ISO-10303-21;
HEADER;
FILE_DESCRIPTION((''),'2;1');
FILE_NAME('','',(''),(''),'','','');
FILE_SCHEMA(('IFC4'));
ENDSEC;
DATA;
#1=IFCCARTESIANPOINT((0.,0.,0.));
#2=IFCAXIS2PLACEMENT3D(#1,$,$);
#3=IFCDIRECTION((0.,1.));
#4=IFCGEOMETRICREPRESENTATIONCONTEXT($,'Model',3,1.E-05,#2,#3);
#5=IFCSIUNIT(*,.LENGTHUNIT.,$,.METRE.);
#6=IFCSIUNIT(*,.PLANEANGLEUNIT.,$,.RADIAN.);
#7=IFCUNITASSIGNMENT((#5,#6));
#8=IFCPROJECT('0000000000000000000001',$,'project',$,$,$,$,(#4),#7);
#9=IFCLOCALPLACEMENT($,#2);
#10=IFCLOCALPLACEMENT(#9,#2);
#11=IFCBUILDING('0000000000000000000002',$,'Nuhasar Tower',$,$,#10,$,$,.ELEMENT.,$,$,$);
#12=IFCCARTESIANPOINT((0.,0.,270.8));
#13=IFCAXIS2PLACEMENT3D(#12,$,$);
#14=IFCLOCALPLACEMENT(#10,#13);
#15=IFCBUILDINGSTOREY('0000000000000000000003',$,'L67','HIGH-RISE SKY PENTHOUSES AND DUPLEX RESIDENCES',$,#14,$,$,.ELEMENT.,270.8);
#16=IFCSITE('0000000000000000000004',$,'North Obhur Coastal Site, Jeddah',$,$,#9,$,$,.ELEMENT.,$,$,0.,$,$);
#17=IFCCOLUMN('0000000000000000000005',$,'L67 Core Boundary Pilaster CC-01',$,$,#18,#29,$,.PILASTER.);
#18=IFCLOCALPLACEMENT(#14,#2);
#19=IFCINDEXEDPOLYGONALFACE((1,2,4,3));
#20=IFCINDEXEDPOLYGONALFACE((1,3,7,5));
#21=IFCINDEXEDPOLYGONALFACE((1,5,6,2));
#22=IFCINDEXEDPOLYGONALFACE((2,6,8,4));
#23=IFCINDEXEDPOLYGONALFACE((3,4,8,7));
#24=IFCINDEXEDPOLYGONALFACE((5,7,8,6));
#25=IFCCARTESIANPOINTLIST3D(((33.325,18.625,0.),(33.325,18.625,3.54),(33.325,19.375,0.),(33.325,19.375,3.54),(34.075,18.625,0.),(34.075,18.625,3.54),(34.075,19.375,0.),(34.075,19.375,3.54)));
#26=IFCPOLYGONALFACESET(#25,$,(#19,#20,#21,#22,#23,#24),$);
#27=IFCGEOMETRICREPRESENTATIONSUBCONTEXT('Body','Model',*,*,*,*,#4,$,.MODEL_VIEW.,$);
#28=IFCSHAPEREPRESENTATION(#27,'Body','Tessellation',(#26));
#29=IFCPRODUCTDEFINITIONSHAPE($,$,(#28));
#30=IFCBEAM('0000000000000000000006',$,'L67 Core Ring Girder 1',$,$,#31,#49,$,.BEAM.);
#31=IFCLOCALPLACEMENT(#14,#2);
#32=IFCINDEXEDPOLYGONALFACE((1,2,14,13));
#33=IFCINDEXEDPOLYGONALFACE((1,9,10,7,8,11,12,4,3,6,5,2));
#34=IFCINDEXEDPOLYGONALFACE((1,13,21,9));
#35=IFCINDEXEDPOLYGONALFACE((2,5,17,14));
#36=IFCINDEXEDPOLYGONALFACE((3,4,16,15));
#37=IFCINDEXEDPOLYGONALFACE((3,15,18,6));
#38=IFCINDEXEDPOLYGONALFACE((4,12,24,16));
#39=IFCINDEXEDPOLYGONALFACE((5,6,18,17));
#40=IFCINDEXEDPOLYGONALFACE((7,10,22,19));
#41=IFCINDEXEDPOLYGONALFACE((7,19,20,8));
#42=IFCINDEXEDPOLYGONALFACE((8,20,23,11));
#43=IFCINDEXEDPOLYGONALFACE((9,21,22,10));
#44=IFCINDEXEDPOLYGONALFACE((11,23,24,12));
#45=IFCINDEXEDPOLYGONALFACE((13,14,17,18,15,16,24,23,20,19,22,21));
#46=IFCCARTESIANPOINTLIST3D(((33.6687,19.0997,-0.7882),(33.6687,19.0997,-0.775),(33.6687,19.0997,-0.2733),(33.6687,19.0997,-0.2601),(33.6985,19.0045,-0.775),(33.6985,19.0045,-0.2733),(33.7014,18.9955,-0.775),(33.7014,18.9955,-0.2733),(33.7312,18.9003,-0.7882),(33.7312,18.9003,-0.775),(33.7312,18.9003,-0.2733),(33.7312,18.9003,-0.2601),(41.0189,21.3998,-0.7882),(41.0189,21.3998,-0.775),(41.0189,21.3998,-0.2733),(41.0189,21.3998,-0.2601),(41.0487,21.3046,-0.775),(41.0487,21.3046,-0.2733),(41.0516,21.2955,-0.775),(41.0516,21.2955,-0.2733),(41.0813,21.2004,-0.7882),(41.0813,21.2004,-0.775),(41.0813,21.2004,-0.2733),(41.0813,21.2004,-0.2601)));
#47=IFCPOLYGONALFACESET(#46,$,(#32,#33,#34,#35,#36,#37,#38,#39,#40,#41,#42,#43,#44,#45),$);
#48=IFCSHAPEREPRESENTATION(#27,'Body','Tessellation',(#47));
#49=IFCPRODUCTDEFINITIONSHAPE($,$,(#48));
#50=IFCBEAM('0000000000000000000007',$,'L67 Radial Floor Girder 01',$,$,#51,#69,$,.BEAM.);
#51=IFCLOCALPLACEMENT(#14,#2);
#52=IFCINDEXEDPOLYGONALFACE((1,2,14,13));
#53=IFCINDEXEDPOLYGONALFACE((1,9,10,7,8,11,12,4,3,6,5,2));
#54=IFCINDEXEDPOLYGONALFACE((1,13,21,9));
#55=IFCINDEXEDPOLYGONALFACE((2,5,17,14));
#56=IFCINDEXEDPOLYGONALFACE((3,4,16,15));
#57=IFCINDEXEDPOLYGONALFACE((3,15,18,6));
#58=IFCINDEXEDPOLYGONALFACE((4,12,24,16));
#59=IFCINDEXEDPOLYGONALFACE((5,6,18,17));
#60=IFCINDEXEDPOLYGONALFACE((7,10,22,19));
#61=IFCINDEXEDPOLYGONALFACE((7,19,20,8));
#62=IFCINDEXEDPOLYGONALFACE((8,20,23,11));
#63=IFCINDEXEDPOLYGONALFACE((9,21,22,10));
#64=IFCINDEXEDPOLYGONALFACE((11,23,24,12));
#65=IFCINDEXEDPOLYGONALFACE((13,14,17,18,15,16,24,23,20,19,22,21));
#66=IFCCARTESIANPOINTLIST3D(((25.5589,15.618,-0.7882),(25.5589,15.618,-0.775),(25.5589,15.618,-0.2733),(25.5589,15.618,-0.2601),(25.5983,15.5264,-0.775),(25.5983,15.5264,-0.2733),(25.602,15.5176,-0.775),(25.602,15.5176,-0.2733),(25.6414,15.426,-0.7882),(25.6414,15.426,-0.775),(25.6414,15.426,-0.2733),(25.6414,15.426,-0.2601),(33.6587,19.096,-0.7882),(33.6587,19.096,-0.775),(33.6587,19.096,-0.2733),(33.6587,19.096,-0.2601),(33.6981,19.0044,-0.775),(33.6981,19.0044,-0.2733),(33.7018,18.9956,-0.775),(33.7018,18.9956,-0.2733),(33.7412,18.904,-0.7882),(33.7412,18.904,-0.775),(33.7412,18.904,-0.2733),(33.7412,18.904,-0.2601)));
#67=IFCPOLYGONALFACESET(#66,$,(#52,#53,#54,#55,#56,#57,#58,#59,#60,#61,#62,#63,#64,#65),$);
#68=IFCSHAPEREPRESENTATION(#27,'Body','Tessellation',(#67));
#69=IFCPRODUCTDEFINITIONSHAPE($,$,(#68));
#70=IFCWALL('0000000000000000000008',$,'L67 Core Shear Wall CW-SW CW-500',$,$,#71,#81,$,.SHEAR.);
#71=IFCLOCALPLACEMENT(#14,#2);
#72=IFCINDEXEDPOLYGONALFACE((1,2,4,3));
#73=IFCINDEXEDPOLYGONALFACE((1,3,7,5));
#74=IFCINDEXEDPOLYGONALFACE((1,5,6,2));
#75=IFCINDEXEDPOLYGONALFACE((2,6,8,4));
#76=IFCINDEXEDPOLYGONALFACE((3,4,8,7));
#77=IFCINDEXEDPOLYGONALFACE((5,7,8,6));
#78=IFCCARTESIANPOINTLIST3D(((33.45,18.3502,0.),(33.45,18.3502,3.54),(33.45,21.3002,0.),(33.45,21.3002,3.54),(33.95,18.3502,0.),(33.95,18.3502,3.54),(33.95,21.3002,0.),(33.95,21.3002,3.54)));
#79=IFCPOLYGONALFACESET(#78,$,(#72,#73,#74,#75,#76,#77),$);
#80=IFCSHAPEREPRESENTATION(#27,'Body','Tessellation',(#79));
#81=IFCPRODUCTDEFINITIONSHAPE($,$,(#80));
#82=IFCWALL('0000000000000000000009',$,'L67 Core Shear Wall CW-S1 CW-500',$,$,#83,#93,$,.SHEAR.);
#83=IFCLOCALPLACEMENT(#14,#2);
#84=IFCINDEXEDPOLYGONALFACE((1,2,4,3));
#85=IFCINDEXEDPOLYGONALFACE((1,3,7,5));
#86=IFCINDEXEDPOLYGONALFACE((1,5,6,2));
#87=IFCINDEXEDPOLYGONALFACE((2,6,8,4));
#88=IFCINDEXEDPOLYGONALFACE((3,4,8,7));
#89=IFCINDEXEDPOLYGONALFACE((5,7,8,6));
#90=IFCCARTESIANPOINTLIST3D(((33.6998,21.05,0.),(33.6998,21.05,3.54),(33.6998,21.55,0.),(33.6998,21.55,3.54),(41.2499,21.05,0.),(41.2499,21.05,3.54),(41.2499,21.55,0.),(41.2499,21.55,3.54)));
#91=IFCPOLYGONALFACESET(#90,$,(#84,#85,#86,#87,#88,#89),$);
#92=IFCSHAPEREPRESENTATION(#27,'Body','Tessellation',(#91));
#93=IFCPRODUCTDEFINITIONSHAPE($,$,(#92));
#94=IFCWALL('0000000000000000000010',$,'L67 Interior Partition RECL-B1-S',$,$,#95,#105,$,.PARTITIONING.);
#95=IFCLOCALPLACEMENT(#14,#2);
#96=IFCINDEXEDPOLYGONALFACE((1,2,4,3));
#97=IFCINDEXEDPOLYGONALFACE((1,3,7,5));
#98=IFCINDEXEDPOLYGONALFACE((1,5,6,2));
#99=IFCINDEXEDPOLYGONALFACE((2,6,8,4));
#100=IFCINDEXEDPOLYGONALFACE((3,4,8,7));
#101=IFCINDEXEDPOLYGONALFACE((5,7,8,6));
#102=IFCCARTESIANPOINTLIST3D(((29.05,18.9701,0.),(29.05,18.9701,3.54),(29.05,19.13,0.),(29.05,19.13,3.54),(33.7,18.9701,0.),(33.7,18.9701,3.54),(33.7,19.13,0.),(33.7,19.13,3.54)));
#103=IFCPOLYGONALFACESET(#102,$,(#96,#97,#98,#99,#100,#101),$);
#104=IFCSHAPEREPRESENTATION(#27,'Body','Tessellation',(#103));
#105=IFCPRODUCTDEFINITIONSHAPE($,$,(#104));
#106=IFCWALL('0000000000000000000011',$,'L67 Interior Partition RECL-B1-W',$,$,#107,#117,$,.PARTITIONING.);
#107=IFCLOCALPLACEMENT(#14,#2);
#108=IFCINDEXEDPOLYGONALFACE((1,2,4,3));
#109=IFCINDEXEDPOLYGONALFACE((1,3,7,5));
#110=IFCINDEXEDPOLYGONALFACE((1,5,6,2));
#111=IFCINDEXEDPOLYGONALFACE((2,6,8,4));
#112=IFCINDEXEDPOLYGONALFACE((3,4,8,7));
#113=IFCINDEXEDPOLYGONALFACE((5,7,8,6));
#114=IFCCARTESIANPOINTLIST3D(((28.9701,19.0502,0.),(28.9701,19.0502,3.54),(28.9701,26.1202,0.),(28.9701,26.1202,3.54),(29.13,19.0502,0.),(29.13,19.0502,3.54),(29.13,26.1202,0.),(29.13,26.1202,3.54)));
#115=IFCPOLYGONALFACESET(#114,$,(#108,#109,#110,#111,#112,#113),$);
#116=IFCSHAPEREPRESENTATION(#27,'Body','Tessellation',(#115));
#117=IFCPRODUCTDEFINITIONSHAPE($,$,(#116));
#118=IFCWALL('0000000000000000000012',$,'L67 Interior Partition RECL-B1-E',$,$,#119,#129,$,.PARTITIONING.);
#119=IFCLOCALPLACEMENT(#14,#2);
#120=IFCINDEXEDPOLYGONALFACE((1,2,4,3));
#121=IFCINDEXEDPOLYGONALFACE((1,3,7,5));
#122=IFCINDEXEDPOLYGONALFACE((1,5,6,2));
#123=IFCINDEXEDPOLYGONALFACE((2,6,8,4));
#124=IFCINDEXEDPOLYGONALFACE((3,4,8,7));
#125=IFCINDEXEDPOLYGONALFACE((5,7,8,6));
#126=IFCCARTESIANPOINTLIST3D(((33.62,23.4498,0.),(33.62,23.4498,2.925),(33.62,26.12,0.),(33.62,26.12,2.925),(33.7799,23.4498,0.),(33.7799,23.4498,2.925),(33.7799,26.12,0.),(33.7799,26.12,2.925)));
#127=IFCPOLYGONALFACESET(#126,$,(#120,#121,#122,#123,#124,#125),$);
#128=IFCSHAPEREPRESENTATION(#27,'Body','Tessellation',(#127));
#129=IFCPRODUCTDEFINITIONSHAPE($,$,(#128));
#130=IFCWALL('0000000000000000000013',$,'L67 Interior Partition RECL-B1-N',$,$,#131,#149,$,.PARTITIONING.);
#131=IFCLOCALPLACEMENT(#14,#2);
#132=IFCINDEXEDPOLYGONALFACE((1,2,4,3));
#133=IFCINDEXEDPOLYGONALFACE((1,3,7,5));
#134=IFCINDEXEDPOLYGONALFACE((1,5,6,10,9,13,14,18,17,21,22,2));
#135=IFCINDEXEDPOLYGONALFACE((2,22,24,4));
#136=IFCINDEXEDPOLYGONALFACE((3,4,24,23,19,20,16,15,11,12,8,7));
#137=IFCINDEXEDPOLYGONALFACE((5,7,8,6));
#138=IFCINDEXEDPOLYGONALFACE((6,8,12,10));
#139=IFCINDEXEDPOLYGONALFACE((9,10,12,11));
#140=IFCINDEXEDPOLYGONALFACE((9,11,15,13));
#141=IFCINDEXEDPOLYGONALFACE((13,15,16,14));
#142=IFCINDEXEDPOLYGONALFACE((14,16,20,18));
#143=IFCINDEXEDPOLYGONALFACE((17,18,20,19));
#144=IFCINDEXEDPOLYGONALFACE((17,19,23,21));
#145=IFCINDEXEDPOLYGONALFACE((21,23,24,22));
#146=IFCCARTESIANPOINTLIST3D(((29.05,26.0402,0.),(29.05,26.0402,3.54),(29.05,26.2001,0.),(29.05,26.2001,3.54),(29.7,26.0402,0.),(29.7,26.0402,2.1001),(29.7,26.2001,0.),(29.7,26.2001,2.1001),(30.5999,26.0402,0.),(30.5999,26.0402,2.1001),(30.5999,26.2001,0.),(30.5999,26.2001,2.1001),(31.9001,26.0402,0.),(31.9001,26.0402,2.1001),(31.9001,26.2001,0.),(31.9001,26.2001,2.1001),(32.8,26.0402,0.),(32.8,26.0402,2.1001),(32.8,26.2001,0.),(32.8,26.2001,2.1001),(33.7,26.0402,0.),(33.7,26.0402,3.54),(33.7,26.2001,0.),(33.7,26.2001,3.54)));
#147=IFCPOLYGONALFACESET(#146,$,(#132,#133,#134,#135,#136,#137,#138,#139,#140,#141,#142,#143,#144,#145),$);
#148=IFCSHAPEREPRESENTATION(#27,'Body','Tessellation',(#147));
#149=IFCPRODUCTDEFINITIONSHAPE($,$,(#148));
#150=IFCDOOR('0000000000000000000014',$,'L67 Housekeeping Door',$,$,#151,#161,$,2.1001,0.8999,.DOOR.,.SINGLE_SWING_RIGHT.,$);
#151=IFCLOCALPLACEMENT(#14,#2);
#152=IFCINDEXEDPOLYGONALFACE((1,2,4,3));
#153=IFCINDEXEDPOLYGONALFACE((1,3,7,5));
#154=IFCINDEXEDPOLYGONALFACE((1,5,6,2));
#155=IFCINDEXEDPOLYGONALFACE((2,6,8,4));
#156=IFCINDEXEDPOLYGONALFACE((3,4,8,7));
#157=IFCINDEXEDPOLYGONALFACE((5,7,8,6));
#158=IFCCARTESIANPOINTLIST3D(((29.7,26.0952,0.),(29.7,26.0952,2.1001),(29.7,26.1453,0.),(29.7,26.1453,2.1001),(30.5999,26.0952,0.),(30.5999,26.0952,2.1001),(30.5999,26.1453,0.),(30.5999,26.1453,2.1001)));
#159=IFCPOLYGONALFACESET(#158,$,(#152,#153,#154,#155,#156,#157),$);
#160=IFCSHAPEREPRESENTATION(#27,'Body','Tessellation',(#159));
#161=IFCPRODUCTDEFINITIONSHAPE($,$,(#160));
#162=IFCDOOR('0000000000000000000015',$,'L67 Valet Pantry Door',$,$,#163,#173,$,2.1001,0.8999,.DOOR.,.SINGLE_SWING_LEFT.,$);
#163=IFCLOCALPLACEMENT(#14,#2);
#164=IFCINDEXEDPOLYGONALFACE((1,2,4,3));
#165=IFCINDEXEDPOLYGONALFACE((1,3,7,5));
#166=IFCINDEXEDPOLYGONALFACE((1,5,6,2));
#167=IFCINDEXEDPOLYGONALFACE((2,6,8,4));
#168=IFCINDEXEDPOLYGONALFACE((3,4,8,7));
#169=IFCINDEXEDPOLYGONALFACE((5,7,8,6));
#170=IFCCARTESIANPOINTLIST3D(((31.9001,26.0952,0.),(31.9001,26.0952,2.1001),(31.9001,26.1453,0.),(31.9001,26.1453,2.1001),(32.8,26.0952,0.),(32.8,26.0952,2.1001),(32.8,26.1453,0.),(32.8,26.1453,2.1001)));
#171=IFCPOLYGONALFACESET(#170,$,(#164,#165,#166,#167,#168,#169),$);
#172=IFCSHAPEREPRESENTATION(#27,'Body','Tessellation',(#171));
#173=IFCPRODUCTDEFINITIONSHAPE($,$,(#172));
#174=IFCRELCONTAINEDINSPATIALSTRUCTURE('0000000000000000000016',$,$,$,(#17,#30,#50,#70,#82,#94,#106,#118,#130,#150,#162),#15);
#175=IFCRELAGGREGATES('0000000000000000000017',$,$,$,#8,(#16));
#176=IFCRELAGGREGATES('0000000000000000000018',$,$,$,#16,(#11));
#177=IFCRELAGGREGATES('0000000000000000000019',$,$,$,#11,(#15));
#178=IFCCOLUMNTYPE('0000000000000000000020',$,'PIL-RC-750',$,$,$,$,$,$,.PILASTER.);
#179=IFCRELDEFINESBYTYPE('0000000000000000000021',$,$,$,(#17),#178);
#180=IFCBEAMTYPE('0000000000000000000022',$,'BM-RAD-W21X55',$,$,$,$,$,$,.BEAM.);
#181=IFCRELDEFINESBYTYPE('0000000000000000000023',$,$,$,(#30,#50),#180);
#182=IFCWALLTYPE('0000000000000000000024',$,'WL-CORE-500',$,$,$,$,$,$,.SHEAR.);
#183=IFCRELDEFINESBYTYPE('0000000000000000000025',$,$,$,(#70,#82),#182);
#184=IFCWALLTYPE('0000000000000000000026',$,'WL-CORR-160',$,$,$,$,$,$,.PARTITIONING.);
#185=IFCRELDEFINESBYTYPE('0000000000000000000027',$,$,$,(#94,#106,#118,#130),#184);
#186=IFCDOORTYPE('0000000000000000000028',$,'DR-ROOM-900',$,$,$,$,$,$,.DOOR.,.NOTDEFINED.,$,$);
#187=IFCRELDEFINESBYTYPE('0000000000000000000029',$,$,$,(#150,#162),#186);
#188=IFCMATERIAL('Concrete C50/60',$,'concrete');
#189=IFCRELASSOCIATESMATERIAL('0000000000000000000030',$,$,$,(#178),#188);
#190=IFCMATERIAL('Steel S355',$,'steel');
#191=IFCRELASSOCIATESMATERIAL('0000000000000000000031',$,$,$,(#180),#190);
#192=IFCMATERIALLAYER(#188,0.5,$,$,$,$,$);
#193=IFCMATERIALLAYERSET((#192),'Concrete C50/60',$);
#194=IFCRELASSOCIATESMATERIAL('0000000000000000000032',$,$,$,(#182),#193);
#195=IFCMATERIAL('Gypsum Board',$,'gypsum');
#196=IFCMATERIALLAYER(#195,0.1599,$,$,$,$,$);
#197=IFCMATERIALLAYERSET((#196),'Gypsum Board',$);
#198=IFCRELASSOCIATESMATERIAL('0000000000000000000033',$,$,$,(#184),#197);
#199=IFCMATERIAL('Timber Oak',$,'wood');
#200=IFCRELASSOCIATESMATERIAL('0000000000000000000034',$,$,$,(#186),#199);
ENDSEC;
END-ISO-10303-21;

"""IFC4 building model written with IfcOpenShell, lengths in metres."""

from ifc_helpers import new_model, si_unit, direction, frame, frame_2d, origin, origin_2d, place, context, subcontext, project, spatial, rectangle, i_section, extrude, material, layer, layer_set, material_profile, profile_set, type_object, element, fill, save


model = new_model("IFC4")

# Units and contexts
model_context = context("Model", 3, precision=1e-05, world=origin(), true_north=direction((0.0, 1.0)))
body_context = subcontext(model_context, "Body", "Model", "MODEL_VIEW")
ifc_project = project(units=[si_unit("LENGTHUNIT", "METRE"), si_unit("PLANEANGLEUNIT", "RADIAN")], contexts=[model_context])

# Site, building, storey
site_placement = place(None, origin())
site = spatial("IfcSite", under=ifc_project, at=site_placement, Name="North Obhur Coastal Site, Jeddah", CompositionType="ELEMENT", RefElevation=0.0)
building_placement = place(site_placement, origin())
building = spatial("IfcBuilding", under=site, at=building_placement, Name="Nuhasar Tower", CompositionType="ELEMENT")
storey_placement = place(building_placement, frame((0.0, 0.0, 270.8)))
storey = spatial("IfcBuildingStorey", under=building, at=storey_placement, Name="L67", Description="HIGH-RISE SKY PENTHOUSES AND DUPLEX RESIDENCES", CompositionType="ELEMENT", Elevation=270.8)

# Column
ifc_material_1 = material(Name="Concrete C50/60", Category="concrete")
ifc_material_profile_1 = material_profile(ifc_material_1, rectangle(XDim=0.75, YDim=0.75, at=origin_2d()), Name="RC750X750")
ifc_profile_set_1 = profile_set([ifc_material_profile_1], Name="Concrete C50/60")
column_type = type_object("IfcColumnType", Name="PIL-RC-750", PredefinedType="PILASTER", material=ifc_profile_set_1)
column_placement = place(storey_placement, frame((33.7, 19.0, 0.0), z_axis=(0.0, 0.0, 1.0), x_axis=(1.0, 0.0, 0.0)))
element("IfcColumn", 1, at=column_placement, inside=storey, type_object=column_type, Name="L67 Core Boundary Pilaster CC-01", PredefinedType="PILASTER", context=body_context, shape_type="SweptSolid", body=[
    extrude(rectangle(XDim=0.75, YDim=0.75, at=origin_2d()), origin(), (0.0, 0.0, 1.0), 3.54),
])

# Beams
ifc_material_2 = material(Name="Steel S355", Category="steel")
ifc_material_profile_2 = material_profile(ifc_material_2, i_section(OverallWidth=0.209, OverallDepth=0.5281, WebThickness=0.0095, FlangeThickness=0.0132, at=origin_2d()), Name="W21X55")
ifc_profile_set_2 = profile_set([ifc_material_profile_2], Name="Steel S355")
beam_type = type_object("IfcBeamType", Name="BM-RAD-W21X55", PredefinedType="BEAM", material=ifc_profile_set_2)
beam_1_placement = place(storey_placement, frame((33.7, 19.0, -0.5242), z_axis=(0.954364, 0.298647, 0.0), x_axis=(-0.298647, 0.954364, 0.0)))
element("IfcBeam", 2, at=beam_1_placement, inside=storey, type_object=beam_type, Name="L67 Core Ring Girder 1", PredefinedType="BEAM", context=body_context, shape_type="SweptSolid", body=[
    extrude(i_section(OverallWidth=0.209, OverallDepth=0.5281, WebThickness=0.0095, FlangeThickness=0.0132, at=origin_2d()), origin(), (0.0, 0.0, 1.0), 7.7017),
])
beam_2_placement = place(storey_placement, frame((33.7, 19.0, -0.5242), z_axis=(-0.918871, -0.394558, 0.0), x_axis=(0.394558, -0.918871, 0.0)))
element("IfcBeam", 3, at=beam_2_placement, inside=storey, type_object=beam_type, Name="L67 Radial Floor Girder 01", PredefinedType="BEAM", context=body_context, shape_type="SweptSolid", body=[
    extrude(i_section(OverallWidth=0.209, OverallDepth=0.5281, WebThickness=0.0095, FlangeThickness=0.0132, at=origin_2d()), origin(), (0.0, 0.0, 1.0), 8.8149),
])

# Walls
ifc_layer_1 = layer(ifc_material_1, 0.5)
ifc_layer_set_1 = layer_set([ifc_layer_1], Name="Concrete C50/60")
wall_type_1 = type_object("IfcWallType", Name="WL-CORE-500", PredefinedType="SHEAR", material=ifc_layer_set_1)
wall_1_placement = place(storey_placement, frame((33.7, 18.3501, 0.0), z_axis=(0.0, 0.0, 1.0), x_axis=(0.0, 1.0, 0.0)))
element("IfcWall", 4, at=wall_1_placement, inside=storey, type_object=wall_type_1, Name="L67 Core Shear Wall CW-SW CW-500", PredefinedType="SHEAR", context=body_context, shape_type="SweptSolid", body=[
    extrude(rectangle(XDim=2.95, YDim=0.5, at=frame_2d((1.4751, 0.0))), origin(), (0.0, 0.0, 1.0), 3.54),
])
wall_2_placement = place(storey_placement, frame((33.7, 21.3, 0.0), z_axis=(0.0, 0.0, 1.0), x_axis=(1.0, 0.0, 0.0)))
element("IfcWall", 5, at=wall_2_placement, inside=storey, type_object=wall_type_1, Name="L67 Core Shear Wall CW-S1 CW-500", PredefinedType="SHEAR", context=body_context, shape_type="SweptSolid", body=[
    extrude(rectangle(XDim=7.55, YDim=0.5, at=frame_2d((3.7749, 0.0))), origin(), (0.0, 0.0, 1.0), 3.54),
])
ifc_material_3 = material(Name="Gypsum Board", Category="gypsum")
ifc_layer_2 = layer(ifc_material_3, 0.1599)
ifc_layer_set_2 = layer_set([ifc_layer_2], Name="Gypsum Board")
wall_type_2 = type_object("IfcWallType", Name="WL-CORR-160", PredefinedType="PARTITIONING", material=ifc_layer_set_2)
wall_3_placement = place(storey_placement, frame((29.05, 19.05, 0.0), z_axis=(0.0, 0.0, 1.0), x_axis=(1.0, 0.0, 0.0)))
element("IfcWall", 6, at=wall_3_placement, inside=storey, type_object=wall_type_2, Name="L67 Interior Partition RECL-B1-S", PredefinedType="PARTITIONING", context=body_context, shape_type="SweptSolid", body=[
    extrude(rectangle(XDim=4.6499, YDim=0.1599, at=frame_2d((2.325, 0.0))), origin(), (0.0, 0.0, 1.0), 3.54),
])
wall_4_placement = place(storey_placement, frame((29.05, 19.05, 0.0), z_axis=(0.0, 0.0, 1.0), x_axis=(0.0, 1.0, 0.0)))
element("IfcWall", 7, at=wall_4_placement, inside=storey, type_object=wall_type_2, Name="L67 Interior Partition RECL-B1-W", PredefinedType="PARTITIONING", context=body_context, shape_type="SweptSolid", body=[
    extrude(rectangle(XDim=7.0701, YDim=0.1599, at=frame_2d((3.5352, 0.0))), origin(), (0.0, 0.0, 1.0), 3.54),
])
wall_5_placement = place(storey_placement, frame((33.7, 23.45, 0.0), z_axis=(0.0, 0.0, 1.0), x_axis=(0.0, 1.0, 0.0)))
element("IfcWall", 8, at=wall_5_placement, inside=storey, type_object=wall_type_2, Name="L67 Interior Partition RECL-B1-E", PredefinedType="PARTITIONING", context=body_context, shape_type="SweptSolid", body=[
    extrude(rectangle(XDim=2.6702, YDim=0.1599, at=frame_2d((1.335, 0.0))), origin(), (0.0, 0.0, 1.0), 2.925),
])

# Wall, openings, doors
wall_6_placement = place(storey_placement, frame((33.7, 26.1201, 0.0), z_axis=(0.0, 0.0, 1.0), x_axis=(-1.0, 0.0, 0.0)))
wall_6 = element("IfcWall", 9, at=wall_6_placement, inside=storey, type_object=wall_type_2, Name="L67 Interior Partition RECL-B1-N", PredefinedType="PARTITIONING", context=body_context, shape_type="SweptSolid", body=[
    extrude(rectangle(XDim=4.6499, YDim=0.1599, at=frame_2d((2.325, 0.0))), origin(), (0.0, 0.0, 1.0), 3.54),
])
opening_1_placement = place(wall_6_placement, frame((3.1001, 0.0, 0.0)))
opening_1 = element("IfcOpeningElement", 10, at=opening_1_placement, cuts=wall_6, PredefinedType="OPENING", context=body_context, shape_type="SweptSolid", body=[
    extrude(rectangle(XDim=0.8999, YDim=2.1001, at=frame_2d((0.45, 1.05))), frame((0.0, 0.0898, 0.0), z_axis=(0.0, -1.0, 0.0), x_axis=(1.0, 0.0, 0.0)), (0.0, 0.0, 1.0), 0.1799),
])
opening_2_placement = place(wall_6_placement, frame((0.8999, 0.0, 0.0)))
opening_2 = element("IfcOpeningElement", 11, at=opening_2_placement, cuts=wall_6, PredefinedType="OPENING", context=body_context, shape_type="SweptSolid", body=[
    extrude(rectangle(XDim=0.8999, YDim=2.1001, at=frame_2d((0.45, 1.05))), frame((0.0, 0.0898, 0.0), z_axis=(0.0, -1.0, 0.0), x_axis=(1.0, 0.0, 0.0)), (0.0, 0.0, 1.0), 0.1799),
])
ifc_material_4 = material(Name="Timber Oak", Category="wood")
door_type_1 = type_object("IfcDoorType", Name="DR-ROOM-900", OperationType="NOTDEFINED", PredefinedType="DOOR", material=ifc_material_4)
door_1_placement = place(opening_1_placement, origin())
door_1 = element("IfcDoor", 12, at=door_1_placement, inside=storey, type_object=door_type_1, Name="L67 Housekeeping Door", OperationType="SINGLE_SWING_RIGHT", OverallHeight=2.1001, OverallWidth=0.8999, PredefinedType="DOOR", context=body_context, shape_type="SweptSolid", body=[
    extrude(rectangle(XDim=0.8999, YDim=2.1001, at=frame_2d((0.45, 1.05))), frame((0.0, 0.0249, 0.0), z_axis=(0.0, -1.0, 0.0), x_axis=(1.0, 0.0, 0.0)), (0.0, 0.0, 1.0), 0.05),
])
fill(opening_1, door_1)
door_2_placement = place(opening_2_placement, origin())
door_2 = element("IfcDoor", 13, at=door_2_placement, inside=storey, type_object=door_type_1, Name="L67 Valet Pantry Door", OperationType="SINGLE_SWING_LEFT", OverallHeight=2.1001, OverallWidth=0.8999, PredefinedType="DOOR", context=body_context, shape_type="SweptSolid", body=[
    extrude(rectangle(XDim=0.8999, YDim=2.1001, at=frame_2d((0.45, 1.05))), frame((0.0, 0.0249, 0.0), z_axis=(0.0, -1.0, 0.0), x_axis=(1.0, 0.0, 0.0)), (0.0, 0.0, 1.0), 0.05),
])
fill(opening_2, door_2)

save(model, "model.ifc")
